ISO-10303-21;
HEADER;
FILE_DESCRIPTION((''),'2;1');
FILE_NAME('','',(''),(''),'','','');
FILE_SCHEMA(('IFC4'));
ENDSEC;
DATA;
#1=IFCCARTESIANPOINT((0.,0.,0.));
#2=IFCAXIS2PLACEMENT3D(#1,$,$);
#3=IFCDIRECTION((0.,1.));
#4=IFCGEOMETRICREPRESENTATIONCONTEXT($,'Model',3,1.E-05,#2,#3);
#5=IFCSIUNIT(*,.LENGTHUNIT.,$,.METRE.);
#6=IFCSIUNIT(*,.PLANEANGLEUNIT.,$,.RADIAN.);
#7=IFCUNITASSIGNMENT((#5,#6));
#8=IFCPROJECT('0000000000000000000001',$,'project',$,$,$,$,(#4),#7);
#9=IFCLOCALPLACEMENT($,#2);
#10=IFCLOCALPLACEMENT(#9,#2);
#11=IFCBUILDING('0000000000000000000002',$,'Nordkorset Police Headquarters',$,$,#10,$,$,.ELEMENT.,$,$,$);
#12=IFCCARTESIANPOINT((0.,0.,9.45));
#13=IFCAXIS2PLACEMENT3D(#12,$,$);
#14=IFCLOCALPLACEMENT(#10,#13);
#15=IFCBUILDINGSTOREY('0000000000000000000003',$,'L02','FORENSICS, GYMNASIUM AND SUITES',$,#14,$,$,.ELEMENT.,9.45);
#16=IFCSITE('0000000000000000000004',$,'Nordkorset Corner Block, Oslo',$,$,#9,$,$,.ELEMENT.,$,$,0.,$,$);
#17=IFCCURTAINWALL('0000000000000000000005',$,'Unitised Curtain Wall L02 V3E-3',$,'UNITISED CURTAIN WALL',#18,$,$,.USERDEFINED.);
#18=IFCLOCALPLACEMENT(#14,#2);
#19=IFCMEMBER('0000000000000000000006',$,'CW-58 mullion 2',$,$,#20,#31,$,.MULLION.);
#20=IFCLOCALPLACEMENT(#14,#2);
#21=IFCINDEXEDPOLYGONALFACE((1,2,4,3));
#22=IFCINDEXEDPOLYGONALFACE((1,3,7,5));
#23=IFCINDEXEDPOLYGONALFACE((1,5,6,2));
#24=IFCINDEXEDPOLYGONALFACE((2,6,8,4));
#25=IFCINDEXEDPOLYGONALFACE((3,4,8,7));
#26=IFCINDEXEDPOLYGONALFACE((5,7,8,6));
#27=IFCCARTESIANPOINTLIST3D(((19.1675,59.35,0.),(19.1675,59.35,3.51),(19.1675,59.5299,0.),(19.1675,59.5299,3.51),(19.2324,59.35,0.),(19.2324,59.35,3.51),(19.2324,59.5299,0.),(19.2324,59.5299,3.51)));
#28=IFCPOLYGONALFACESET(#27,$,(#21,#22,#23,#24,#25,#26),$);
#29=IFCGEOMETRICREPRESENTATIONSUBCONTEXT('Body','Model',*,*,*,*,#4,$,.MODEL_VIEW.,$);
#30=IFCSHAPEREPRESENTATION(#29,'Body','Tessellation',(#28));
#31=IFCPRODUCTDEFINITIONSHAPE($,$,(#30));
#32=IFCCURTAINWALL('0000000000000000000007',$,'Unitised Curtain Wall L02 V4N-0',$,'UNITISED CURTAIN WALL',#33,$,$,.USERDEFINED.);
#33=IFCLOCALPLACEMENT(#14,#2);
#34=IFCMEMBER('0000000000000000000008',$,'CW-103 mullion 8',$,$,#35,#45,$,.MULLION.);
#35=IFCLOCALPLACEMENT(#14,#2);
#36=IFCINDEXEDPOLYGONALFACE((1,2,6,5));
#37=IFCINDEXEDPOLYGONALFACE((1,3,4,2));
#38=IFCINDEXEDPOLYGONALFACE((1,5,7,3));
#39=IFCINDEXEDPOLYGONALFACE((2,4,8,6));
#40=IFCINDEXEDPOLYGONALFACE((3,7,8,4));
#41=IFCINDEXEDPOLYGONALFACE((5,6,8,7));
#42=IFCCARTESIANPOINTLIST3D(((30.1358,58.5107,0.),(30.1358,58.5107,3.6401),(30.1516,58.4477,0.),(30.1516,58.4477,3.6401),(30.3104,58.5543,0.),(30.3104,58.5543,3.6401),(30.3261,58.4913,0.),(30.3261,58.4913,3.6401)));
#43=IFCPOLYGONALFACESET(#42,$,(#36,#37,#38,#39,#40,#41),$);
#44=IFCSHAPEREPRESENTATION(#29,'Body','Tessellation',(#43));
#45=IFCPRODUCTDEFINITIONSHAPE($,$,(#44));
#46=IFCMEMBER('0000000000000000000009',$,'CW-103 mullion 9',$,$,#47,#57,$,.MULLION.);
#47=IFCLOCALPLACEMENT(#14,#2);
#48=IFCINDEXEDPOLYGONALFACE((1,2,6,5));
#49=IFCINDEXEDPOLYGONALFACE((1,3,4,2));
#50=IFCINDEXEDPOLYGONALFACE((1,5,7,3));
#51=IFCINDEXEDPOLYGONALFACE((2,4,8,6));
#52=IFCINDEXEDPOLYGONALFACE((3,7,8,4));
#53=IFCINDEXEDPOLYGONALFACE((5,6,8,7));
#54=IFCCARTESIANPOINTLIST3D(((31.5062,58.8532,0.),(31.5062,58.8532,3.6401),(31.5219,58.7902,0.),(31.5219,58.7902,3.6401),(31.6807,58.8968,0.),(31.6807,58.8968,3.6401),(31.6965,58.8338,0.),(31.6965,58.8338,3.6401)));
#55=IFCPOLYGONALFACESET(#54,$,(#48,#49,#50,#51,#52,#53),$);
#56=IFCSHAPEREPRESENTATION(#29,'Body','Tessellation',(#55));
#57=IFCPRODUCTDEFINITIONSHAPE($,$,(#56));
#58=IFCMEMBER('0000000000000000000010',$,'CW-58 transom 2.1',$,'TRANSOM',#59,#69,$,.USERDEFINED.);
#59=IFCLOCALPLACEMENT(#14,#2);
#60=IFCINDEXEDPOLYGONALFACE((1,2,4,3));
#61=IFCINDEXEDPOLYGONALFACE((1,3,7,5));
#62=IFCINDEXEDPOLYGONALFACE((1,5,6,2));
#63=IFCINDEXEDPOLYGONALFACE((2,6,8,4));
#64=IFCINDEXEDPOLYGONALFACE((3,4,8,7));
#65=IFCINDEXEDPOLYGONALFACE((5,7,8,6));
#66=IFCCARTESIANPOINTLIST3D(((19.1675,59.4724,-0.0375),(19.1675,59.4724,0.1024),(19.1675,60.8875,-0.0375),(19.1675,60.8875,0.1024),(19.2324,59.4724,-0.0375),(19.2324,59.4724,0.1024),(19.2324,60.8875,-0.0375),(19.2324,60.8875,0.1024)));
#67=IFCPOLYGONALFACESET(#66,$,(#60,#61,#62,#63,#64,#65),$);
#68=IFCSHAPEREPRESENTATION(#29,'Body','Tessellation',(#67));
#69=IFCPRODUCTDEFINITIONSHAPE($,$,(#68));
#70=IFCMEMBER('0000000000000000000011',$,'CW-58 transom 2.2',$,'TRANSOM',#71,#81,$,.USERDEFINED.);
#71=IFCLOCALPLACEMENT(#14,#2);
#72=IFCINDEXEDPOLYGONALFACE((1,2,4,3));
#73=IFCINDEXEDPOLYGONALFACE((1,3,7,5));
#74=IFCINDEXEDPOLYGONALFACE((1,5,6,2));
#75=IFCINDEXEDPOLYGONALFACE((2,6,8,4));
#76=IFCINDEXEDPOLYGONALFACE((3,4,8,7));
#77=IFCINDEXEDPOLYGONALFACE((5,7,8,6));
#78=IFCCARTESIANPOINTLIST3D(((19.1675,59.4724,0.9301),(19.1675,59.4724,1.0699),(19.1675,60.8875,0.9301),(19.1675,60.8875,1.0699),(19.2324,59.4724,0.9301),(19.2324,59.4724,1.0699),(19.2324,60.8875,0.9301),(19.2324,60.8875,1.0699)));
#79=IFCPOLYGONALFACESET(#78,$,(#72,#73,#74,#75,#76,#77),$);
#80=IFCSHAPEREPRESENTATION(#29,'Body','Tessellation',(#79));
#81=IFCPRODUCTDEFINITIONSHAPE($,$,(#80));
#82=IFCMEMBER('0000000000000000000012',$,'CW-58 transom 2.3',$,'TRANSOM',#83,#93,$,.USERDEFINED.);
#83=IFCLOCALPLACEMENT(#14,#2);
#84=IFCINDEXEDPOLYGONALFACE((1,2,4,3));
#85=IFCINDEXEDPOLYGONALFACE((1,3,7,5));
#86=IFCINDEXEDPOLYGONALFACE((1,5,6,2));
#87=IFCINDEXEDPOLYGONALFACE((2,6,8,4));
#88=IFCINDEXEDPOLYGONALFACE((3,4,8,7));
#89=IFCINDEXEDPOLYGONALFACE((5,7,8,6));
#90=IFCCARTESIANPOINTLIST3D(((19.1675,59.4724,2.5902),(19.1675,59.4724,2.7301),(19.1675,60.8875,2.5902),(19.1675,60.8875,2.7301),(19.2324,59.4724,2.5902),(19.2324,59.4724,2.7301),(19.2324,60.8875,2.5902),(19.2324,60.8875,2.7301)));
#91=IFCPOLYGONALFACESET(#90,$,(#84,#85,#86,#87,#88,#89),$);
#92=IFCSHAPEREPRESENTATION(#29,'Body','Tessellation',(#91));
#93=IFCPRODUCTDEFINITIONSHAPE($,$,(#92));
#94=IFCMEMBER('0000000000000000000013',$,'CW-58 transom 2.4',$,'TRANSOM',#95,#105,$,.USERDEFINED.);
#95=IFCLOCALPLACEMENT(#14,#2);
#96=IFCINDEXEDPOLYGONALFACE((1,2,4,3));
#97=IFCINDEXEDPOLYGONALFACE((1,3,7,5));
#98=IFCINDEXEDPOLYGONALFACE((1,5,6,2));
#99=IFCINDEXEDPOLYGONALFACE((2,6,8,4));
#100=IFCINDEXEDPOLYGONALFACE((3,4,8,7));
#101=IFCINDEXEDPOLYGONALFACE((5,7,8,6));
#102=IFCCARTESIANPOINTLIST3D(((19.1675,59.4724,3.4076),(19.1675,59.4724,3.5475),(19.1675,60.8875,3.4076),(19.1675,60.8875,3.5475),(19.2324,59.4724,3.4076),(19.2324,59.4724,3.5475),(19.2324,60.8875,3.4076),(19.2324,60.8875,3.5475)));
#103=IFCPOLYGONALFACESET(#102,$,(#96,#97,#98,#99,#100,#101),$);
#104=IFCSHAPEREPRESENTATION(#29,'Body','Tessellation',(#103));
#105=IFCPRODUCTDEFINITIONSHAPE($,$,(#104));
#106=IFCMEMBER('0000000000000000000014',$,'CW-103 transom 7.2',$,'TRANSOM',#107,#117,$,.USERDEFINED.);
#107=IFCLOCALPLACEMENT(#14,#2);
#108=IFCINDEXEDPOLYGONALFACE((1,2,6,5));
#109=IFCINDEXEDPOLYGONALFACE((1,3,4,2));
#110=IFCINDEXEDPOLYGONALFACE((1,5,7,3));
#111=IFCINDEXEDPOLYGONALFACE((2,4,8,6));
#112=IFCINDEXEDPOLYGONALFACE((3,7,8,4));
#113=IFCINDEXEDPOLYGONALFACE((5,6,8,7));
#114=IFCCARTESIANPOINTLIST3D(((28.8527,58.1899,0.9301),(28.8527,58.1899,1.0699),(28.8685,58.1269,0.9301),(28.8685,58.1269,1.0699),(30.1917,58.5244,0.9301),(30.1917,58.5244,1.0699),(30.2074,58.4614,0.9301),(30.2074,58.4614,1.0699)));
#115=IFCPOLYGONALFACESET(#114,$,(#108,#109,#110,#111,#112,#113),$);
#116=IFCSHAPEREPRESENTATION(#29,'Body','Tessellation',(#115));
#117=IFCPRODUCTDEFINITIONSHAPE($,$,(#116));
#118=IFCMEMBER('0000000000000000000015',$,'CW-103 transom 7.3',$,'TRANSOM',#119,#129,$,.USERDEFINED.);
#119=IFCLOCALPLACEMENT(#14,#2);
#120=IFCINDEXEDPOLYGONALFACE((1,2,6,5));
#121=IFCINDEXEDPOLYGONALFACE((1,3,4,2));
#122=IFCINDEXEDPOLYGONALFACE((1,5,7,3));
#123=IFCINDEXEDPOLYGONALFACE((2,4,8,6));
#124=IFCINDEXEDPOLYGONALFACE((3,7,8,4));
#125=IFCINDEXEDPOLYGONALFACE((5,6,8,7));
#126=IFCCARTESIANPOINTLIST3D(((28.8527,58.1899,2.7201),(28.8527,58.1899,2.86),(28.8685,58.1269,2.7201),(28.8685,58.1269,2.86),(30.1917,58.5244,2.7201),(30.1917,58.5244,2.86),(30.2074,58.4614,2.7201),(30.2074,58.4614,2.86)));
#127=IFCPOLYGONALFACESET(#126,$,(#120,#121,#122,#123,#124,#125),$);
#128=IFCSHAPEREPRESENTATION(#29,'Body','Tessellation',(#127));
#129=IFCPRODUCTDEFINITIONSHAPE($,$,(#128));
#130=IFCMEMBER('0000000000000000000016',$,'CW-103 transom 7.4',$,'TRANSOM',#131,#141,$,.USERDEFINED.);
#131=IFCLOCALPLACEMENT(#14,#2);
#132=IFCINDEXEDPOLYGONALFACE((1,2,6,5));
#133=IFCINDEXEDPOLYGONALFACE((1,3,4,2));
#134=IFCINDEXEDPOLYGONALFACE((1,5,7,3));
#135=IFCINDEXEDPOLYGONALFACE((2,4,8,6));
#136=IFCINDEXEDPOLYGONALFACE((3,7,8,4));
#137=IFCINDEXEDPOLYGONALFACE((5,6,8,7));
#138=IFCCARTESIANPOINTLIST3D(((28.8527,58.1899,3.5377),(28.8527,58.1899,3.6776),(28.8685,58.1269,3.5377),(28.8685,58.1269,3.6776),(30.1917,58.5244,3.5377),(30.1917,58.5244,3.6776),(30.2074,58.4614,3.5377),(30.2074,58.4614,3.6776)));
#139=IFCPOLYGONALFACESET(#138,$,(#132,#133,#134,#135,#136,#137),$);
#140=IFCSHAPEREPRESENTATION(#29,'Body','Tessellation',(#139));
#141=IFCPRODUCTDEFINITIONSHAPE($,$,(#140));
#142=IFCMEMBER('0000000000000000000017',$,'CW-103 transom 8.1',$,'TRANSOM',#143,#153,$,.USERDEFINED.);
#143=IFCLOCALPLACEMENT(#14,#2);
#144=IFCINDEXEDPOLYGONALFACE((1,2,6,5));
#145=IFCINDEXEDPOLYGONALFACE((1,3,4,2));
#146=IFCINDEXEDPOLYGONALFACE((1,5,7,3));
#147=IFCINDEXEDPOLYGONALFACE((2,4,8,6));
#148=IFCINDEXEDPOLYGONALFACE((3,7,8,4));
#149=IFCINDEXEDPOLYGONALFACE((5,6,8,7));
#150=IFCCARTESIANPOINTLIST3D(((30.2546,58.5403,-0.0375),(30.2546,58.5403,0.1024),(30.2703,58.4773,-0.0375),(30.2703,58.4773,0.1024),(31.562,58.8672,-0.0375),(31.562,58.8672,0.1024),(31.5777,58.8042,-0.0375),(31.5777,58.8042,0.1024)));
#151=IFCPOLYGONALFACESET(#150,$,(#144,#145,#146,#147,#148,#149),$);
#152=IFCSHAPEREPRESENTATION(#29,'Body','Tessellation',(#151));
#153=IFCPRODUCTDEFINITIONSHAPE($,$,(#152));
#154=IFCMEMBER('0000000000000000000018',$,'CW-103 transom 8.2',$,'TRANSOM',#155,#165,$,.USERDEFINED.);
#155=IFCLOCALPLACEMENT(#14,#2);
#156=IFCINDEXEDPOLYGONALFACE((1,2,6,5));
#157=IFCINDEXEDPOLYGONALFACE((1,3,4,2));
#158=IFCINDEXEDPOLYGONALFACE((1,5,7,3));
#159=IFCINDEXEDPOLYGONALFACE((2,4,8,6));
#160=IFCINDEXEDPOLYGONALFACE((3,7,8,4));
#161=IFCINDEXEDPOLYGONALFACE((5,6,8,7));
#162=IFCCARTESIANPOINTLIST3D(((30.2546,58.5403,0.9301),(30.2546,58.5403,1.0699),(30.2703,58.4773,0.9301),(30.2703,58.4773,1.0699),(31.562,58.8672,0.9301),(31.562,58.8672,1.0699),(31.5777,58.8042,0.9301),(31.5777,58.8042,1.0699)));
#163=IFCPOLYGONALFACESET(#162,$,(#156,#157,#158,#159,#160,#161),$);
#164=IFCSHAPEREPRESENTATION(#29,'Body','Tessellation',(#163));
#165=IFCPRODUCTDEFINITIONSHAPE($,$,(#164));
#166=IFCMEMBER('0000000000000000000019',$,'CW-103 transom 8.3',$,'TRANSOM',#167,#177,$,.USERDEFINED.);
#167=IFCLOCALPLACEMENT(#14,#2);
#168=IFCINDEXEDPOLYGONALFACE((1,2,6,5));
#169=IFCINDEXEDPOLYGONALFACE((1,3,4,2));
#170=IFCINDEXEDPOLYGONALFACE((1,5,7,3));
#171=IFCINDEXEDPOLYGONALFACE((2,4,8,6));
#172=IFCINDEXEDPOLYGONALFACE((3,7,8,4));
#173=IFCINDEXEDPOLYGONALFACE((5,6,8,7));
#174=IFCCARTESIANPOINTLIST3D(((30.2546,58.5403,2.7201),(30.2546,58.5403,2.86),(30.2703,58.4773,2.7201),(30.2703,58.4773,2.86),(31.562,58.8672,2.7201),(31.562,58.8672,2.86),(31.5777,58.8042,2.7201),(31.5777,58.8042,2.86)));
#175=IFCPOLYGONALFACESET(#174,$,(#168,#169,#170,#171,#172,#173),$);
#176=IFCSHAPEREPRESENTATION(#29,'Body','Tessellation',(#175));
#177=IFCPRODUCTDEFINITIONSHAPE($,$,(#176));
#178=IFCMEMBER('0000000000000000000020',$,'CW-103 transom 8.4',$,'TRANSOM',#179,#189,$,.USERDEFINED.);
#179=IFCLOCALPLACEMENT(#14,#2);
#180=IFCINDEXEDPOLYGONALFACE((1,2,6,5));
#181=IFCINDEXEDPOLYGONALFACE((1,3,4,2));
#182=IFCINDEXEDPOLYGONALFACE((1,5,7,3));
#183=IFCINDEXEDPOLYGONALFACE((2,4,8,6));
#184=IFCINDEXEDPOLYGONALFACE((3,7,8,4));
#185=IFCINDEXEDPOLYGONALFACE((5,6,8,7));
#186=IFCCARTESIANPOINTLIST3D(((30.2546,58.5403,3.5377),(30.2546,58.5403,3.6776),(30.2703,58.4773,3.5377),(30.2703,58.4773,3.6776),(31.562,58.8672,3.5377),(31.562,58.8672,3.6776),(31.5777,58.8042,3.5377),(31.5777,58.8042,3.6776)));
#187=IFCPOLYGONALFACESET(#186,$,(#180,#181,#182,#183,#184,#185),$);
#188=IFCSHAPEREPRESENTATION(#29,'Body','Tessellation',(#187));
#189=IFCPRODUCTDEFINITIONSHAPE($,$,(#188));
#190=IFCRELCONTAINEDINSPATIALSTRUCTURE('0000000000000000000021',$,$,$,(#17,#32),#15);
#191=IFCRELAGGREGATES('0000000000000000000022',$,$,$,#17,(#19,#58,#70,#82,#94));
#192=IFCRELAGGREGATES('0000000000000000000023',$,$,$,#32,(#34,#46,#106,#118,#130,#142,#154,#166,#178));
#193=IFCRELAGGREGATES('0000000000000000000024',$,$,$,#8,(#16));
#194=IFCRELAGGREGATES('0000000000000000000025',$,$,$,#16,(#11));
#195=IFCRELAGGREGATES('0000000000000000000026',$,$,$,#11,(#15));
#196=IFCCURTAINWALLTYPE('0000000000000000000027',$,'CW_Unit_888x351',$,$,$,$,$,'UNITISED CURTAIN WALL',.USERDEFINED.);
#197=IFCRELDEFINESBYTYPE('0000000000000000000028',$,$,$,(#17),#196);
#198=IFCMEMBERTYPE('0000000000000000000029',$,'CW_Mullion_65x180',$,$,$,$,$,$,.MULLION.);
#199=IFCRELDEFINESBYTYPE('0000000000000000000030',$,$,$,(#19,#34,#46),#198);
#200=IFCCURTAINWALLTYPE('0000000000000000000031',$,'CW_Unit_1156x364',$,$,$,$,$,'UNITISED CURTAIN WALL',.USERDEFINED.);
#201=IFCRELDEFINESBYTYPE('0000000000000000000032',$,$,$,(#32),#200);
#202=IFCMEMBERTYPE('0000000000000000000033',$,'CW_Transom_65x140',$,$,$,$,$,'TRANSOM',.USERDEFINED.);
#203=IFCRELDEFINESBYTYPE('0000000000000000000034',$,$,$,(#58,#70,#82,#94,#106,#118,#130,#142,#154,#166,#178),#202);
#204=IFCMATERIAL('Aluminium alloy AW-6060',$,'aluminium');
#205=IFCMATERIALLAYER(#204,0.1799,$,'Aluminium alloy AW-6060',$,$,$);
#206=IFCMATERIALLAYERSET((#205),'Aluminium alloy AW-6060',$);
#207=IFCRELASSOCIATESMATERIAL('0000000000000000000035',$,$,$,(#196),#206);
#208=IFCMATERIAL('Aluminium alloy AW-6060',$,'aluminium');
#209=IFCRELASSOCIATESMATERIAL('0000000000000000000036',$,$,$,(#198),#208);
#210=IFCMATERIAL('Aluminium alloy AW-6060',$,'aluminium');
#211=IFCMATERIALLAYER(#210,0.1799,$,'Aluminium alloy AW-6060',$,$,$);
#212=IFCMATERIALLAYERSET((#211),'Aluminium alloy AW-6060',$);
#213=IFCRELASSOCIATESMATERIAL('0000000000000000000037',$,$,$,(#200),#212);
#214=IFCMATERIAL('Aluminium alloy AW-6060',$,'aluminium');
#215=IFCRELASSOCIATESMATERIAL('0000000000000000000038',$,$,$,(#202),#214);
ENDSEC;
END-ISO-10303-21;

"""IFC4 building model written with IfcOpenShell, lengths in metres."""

from ifc_helpers import new_model, si_unit, direction, frame, origin, origin_2d, place, context, subcontext, project, spatial, rectangle, extrude, material, layer, layer_set, material_profile, profile_set, type_object, element, aggregate, save


model = new_model("IFC4")

# Units and contexts
model_context = context("Model", 3, precision=1e-05, world=origin(), true_north=direction((0.0, 1.0)))
body_context = subcontext(model_context, "Body", "Model", "MODEL_VIEW")
ifc_project = project(units=[si_unit("LENGTHUNIT", "METRE"), si_unit("PLANEANGLEUNIT", "RADIAN")], contexts=[model_context])

# Site, building, storey
site_placement = place(None, origin())
site = spatial("IfcSite", under=ifc_project, at=site_placement, Name="Nordkorset Corner Block, Oslo", CompositionType="ELEMENT", RefElevation=0.0)
building_placement = place(site_placement, origin())
building = spatial("IfcBuilding", under=site, at=building_placement, Name="Nordkorset Police Headquarters", CompositionType="ELEMENT")
storey_placement = place(building_placement, frame((0.0, 0.0, 9.45)))
storey = spatial("IfcBuildingStorey", under=building, at=storey_placement, Name="L02", Description="FORENSICS, GYMNASIUM AND SUITES", CompositionType="ELEMENT", Elevation=9.45)

# Curtain wall, member
ifc_material_1 = material(Name="Aluminium alloy AW-6060", Category="aluminium")
ifc_layer_1 = layer(ifc_material_1, 0.1799, Name="Aluminium alloy AW-6060")
ifc_layer_set_1 = layer_set([ifc_layer_1], Name="Aluminium alloy AW-6060")
curtain_wall_type_1 = type_object("IfcCurtainWallType", Name="CW_Unit_888x351", ElementType="UNITISED CURTAIN WALL", PredefinedType="USERDEFINED", material=ifc_layer_set_1)
curtain_wall_1_placement = place(storey_placement, origin())
curtain_wall_1 = element("IfcCurtainWall", 1, at=curtain_wall_1_placement, inside=storey, type_object=curtain_wall_type_1, Name="Unitised Curtain Wall L02 V3E-3", ObjectType="UNITISED CURTAIN WALL", PredefinedType="USERDEFINED")
ifc_material_2 = material(Name="Aluminium alloy AW-6060", Category="aluminium")
ifc_material_profile_1 = material_profile(ifc_material_2, rectangle(XDim=0.0649, YDim=0.1799, at=origin_2d()), Name="ALU MULL 65x180")
ifc_profile_set_1 = profile_set([ifc_material_profile_1], Name="Aluminium alloy AW-6060")
member_type_1 = type_object("IfcMemberType", Name="CW_Mullion_65x180", PredefinedType="MULLION", material=ifc_profile_set_1)
member_1_placement = place(storey_placement, frame((19.2, 59.4399, 0.0), z_axis=(0.0, 0.0, 1.0), x_axis=(-1.0, 0.0, 0.0)))
member_1 = element("IfcMember", 2, at=member_1_placement, type_object=member_type_1, Name="CW-58 mullion 2", PredefinedType="MULLION", context=body_context, shape_type="SweptSolid", body=[
    extrude(rectangle(XDim=0.0649, YDim=0.1799, at=origin_2d()), origin(), (0.0, 0.0, 1.0), 3.51),
])

# Curtain wall, members
ifc_material_3 = material(Name="Aluminium alloy AW-6060", Category="aluminium")
ifc_layer_2 = layer(ifc_material_3, 0.1799, Name="Aluminium alloy AW-6060")
ifc_layer_set_2 = layer_set([ifc_layer_2], Name="Aluminium alloy AW-6060")
curtain_wall_type_2 = type_object("IfcCurtainWallType", Name="CW_Unit_1156x364", ElementType="UNITISED CURTAIN WALL", PredefinedType="USERDEFINED", material=ifc_layer_set_2)
curtain_wall_2_placement = place(storey_placement, origin())
curtain_wall_2 = element("IfcCurtainWall", 3, at=curtain_wall_2_placement, inside=storey, type_object=curtain_wall_type_2, Name="Unitised Curtain Wall L02 V4N-0", ObjectType="UNITISED CURTAIN WALL", PredefinedType="USERDEFINED")
member_2_placement = place(storey_placement, frame((30.231, 58.501, 0.0), z_axis=(0.0, 0.0, 1.0), x_axis=(-0.242536, 0.970142, 0.0)))
member_2 = element("IfcMember", 4, at=member_2_placement, type_object=member_type_1, Name="CW-103 mullion 8", PredefinedType="MULLION", context=body_context, shape_type="SweptSolid", body=[
    extrude(rectangle(XDim=0.0649, YDim=0.1799, at=origin_2d()), origin(), (0.0, 0.0, 1.0), 3.6401),
])
member_3_placement = place(storey_placement, frame((31.6013, 58.8435, 0.0), z_axis=(0.0, 0.0, 1.0), x_axis=(-0.242536, 0.970142, 0.0)))
member_3 = element("IfcMember", 5, at=member_3_placement, type_object=member_type_1, Name="CW-103 mullion 9", PredefinedType="MULLION", context=body_context, shape_type="SweptSolid", body=[
    extrude(rectangle(XDim=0.0649, YDim=0.1799, at=origin_2d()), origin(), (0.0, 0.0, 1.0), 3.6401),
])

# Members
ifc_material_4 = material(Name="Aluminium alloy AW-6060", Category="aluminium")
ifc_material_profile_2 = material_profile(ifc_material_4, rectangle(XDim=0.0649, YDim=0.1399, at=origin_2d()), Name="ALU TRAN 65x140")
ifc_profile_set_2 = profile_set([ifc_material_profile_2], Name="Aluminium alloy AW-6060")
member_type_2 = type_object("IfcMemberType", Name="CW_Transom_65x140", ElementType="TRANSOM", PredefinedType="USERDEFINED", material=ifc_profile_set_2)
member_4_placement = place(storey_placement, frame((19.2, 59.4724, 0.0325), z_axis=(0.0, 1.0, 0.0), x_axis=(-1.0, 0.0, 0.0)))
member_4 = element("IfcMember", 6, at=member_4_placement, type_object=member_type_2, Name="CW-58 transom 2.1", ObjectType="TRANSOM", PredefinedType="USERDEFINED", context=body_context, shape_type="SweptSolid", body=[
    extrude(rectangle(XDim=0.0649, YDim=0.1399, at=origin_2d()), origin(), (0.0, 0.0, 1.0), 1.415),
])
member_5_placement = place(storey_placement, frame((19.2, 59.4724, 1.0), z_axis=(0.0, 1.0, 0.0), x_axis=(-1.0, 0.0, 0.0)))
member_5 = element("IfcMember", 7, at=member_5_placement, type_object=member_type_2, Name="CW-58 transom 2.2", ObjectType="TRANSOM", PredefinedType="USERDEFINED", context=body_context, shape_type="SweptSolid", body=[
    extrude(rectangle(XDim=0.0649, YDim=0.1399, at=origin_2d()), origin(), (0.0, 0.0, 1.0), 1.415),
])
member_6_placement = place(storey_placement, frame((19.2, 59.4724, 2.6602), z_axis=(0.0, 1.0, 0.0), x_axis=(-1.0, 0.0, 0.0)))
member_6 = element("IfcMember", 8, at=member_6_placement, type_object=member_type_2, Name="CW-58 transom 2.3", ObjectType="TRANSOM", PredefinedType="USERDEFINED", context=body_context, shape_type="SweptSolid", body=[
    extrude(rectangle(XDim=0.0649, YDim=0.1399, at=origin_2d()), origin(), (0.0, 0.0, 1.0), 1.415),
])
member_7_placement = place(storey_placement, frame((19.2, 59.4724, 3.4775), z_axis=(0.0, 1.0, 0.0), x_axis=(-1.0, 0.0, 0.0)))
member_7 = element("IfcMember", 9, at=member_7_placement, type_object=member_type_2, Name="CW-58 transom 2.4", ObjectType="TRANSOM", PredefinedType="USERDEFINED", context=body_context, shape_type="SweptSolid", body=[
    extrude(rectangle(XDim=0.0649, YDim=0.1399, at=origin_2d()), origin(), (0.0, 0.0, 1.0), 1.415),
])
member_8_placement = place(storey_placement, frame((28.8606, 58.1584, 1.0), z_axis=(0.970184, 0.242369, 0.0), x_axis=(-0.242369, 0.970184, 0.0)))
member_8 = element("IfcMember", 10, at=member_8_placement, type_object=member_type_2, Name="CW-103 transom 7.2", ObjectType="TRANSOM", PredefinedType="USERDEFINED", context=body_context, shape_type="SweptSolid", body=[
    extrude(rectangle(XDim=0.0649, YDim=0.1399, at=origin_2d()), origin(), (0.0, 0.0, 1.0), 1.3801),
])
member_9_placement = place(storey_placement, frame((28.8606, 58.1584, 2.79), z_axis=(0.970184, 0.242369, 0.0), x_axis=(-0.242369, 0.970184, 0.0)))
member_9 = element("IfcMember", 11, at=member_9_placement, type_object=member_type_2, Name="CW-103 transom 7.3", ObjectType="TRANSOM", PredefinedType="USERDEFINED", context=body_context, shape_type="SweptSolid", body=[
    extrude(rectangle(XDim=0.0649, YDim=0.1399, at=origin_2d()), origin(), (0.0, 0.0, 1.0), 1.3801),
])
member_10_placement = place(storey_placement, frame((28.8606, 58.1584, 3.6077), z_axis=(0.970184, 0.242369, 0.0), x_axis=(-0.242369, 0.970184, 0.0)))
member_10 = element("IfcMember", 12, at=member_10_placement, type_object=member_type_2, Name="CW-103 transom 7.4", ObjectType="TRANSOM", PredefinedType="USERDEFINED", context=body_context, shape_type="SweptSolid", body=[
    extrude(rectangle(XDim=0.0649, YDim=0.1399, at=origin_2d()), origin(), (0.0, 0.0, 1.0), 1.3801),
])
member_11_placement = place(storey_placement, frame((30.2625, 58.5088, 0.0325), z_axis=(0.970132, 0.242578, 0.0), x_axis=(-0.242578, 0.970132, 0.0)))
member_11 = element("IfcMember", 13, at=member_11_placement, type_object=member_type_2, Name="CW-103 transom 8.1", ObjectType="TRANSOM", PredefinedType="USERDEFINED", context=body_context, shape_type="SweptSolid", body=[
    extrude(rectangle(XDim=0.0649, YDim=0.1399, at=origin_2d()), origin(), (0.0, 0.0, 1.0), 1.3477),
])
member_12_placement = place(storey_placement, frame((30.2625, 58.5088, 1.0), z_axis=(0.970132, 0.242578, 0.0), x_axis=(-0.242578, 0.970132, 0.0)))
member_12 = element("IfcMember", 14, at=member_12_placement, type_object=member_type_2, Name="CW-103 transom 8.2", ObjectType="TRANSOM", PredefinedType="USERDEFINED", context=body_context, shape_type="SweptSolid", body=[
    extrude(rectangle(XDim=0.0649, YDim=0.1399, at=origin_2d()), origin(), (0.0, 0.0, 1.0), 1.3477),
])
member_13_placement = place(storey_placement, frame((30.2625, 58.5088, 2.79), z_axis=(0.970132, 0.242578, 0.0), x_axis=(-0.242578, 0.970132, 0.0)))
member_13 = element("IfcMember", 15, at=member_13_placement, type_object=member_type_2, Name="CW-103 transom 8.3", ObjectType="TRANSOM", PredefinedType="USERDEFINED", context=body_context, shape_type="SweptSolid", body=[
    extrude(rectangle(XDim=0.0649, YDim=0.1399, at=origin_2d()), origin(), (0.0, 0.0, 1.0), 1.3477),
])
member_14_placement = place(storey_placement, frame((30.2625, 58.5088, 3.6077), z_axis=(0.970132, 0.242578, 0.0), x_axis=(-0.242578, 0.970132, 0.0)))
member_14 = element("IfcMember", 16, at=member_14_placement, type_object=member_type_2, Name="CW-103 transom 8.4", ObjectType="TRANSOM", PredefinedType="USERDEFINED", context=body_context, shape_type="SweptSolid", body=[
    extrude(rectangle(XDim=0.0649, YDim=0.1399, at=origin_2d()), origin(), (0.0, 0.0, 1.0), 1.3477),
])

aggregate(curtain_wall_1, [member_1, member_4, member_5, member_6, member_7])
aggregate(curtain_wall_2, [member_2, member_3, member_8, member_9, member_10, member_11, member_12, member_13, member_14])

save(model, "model.ifc")
